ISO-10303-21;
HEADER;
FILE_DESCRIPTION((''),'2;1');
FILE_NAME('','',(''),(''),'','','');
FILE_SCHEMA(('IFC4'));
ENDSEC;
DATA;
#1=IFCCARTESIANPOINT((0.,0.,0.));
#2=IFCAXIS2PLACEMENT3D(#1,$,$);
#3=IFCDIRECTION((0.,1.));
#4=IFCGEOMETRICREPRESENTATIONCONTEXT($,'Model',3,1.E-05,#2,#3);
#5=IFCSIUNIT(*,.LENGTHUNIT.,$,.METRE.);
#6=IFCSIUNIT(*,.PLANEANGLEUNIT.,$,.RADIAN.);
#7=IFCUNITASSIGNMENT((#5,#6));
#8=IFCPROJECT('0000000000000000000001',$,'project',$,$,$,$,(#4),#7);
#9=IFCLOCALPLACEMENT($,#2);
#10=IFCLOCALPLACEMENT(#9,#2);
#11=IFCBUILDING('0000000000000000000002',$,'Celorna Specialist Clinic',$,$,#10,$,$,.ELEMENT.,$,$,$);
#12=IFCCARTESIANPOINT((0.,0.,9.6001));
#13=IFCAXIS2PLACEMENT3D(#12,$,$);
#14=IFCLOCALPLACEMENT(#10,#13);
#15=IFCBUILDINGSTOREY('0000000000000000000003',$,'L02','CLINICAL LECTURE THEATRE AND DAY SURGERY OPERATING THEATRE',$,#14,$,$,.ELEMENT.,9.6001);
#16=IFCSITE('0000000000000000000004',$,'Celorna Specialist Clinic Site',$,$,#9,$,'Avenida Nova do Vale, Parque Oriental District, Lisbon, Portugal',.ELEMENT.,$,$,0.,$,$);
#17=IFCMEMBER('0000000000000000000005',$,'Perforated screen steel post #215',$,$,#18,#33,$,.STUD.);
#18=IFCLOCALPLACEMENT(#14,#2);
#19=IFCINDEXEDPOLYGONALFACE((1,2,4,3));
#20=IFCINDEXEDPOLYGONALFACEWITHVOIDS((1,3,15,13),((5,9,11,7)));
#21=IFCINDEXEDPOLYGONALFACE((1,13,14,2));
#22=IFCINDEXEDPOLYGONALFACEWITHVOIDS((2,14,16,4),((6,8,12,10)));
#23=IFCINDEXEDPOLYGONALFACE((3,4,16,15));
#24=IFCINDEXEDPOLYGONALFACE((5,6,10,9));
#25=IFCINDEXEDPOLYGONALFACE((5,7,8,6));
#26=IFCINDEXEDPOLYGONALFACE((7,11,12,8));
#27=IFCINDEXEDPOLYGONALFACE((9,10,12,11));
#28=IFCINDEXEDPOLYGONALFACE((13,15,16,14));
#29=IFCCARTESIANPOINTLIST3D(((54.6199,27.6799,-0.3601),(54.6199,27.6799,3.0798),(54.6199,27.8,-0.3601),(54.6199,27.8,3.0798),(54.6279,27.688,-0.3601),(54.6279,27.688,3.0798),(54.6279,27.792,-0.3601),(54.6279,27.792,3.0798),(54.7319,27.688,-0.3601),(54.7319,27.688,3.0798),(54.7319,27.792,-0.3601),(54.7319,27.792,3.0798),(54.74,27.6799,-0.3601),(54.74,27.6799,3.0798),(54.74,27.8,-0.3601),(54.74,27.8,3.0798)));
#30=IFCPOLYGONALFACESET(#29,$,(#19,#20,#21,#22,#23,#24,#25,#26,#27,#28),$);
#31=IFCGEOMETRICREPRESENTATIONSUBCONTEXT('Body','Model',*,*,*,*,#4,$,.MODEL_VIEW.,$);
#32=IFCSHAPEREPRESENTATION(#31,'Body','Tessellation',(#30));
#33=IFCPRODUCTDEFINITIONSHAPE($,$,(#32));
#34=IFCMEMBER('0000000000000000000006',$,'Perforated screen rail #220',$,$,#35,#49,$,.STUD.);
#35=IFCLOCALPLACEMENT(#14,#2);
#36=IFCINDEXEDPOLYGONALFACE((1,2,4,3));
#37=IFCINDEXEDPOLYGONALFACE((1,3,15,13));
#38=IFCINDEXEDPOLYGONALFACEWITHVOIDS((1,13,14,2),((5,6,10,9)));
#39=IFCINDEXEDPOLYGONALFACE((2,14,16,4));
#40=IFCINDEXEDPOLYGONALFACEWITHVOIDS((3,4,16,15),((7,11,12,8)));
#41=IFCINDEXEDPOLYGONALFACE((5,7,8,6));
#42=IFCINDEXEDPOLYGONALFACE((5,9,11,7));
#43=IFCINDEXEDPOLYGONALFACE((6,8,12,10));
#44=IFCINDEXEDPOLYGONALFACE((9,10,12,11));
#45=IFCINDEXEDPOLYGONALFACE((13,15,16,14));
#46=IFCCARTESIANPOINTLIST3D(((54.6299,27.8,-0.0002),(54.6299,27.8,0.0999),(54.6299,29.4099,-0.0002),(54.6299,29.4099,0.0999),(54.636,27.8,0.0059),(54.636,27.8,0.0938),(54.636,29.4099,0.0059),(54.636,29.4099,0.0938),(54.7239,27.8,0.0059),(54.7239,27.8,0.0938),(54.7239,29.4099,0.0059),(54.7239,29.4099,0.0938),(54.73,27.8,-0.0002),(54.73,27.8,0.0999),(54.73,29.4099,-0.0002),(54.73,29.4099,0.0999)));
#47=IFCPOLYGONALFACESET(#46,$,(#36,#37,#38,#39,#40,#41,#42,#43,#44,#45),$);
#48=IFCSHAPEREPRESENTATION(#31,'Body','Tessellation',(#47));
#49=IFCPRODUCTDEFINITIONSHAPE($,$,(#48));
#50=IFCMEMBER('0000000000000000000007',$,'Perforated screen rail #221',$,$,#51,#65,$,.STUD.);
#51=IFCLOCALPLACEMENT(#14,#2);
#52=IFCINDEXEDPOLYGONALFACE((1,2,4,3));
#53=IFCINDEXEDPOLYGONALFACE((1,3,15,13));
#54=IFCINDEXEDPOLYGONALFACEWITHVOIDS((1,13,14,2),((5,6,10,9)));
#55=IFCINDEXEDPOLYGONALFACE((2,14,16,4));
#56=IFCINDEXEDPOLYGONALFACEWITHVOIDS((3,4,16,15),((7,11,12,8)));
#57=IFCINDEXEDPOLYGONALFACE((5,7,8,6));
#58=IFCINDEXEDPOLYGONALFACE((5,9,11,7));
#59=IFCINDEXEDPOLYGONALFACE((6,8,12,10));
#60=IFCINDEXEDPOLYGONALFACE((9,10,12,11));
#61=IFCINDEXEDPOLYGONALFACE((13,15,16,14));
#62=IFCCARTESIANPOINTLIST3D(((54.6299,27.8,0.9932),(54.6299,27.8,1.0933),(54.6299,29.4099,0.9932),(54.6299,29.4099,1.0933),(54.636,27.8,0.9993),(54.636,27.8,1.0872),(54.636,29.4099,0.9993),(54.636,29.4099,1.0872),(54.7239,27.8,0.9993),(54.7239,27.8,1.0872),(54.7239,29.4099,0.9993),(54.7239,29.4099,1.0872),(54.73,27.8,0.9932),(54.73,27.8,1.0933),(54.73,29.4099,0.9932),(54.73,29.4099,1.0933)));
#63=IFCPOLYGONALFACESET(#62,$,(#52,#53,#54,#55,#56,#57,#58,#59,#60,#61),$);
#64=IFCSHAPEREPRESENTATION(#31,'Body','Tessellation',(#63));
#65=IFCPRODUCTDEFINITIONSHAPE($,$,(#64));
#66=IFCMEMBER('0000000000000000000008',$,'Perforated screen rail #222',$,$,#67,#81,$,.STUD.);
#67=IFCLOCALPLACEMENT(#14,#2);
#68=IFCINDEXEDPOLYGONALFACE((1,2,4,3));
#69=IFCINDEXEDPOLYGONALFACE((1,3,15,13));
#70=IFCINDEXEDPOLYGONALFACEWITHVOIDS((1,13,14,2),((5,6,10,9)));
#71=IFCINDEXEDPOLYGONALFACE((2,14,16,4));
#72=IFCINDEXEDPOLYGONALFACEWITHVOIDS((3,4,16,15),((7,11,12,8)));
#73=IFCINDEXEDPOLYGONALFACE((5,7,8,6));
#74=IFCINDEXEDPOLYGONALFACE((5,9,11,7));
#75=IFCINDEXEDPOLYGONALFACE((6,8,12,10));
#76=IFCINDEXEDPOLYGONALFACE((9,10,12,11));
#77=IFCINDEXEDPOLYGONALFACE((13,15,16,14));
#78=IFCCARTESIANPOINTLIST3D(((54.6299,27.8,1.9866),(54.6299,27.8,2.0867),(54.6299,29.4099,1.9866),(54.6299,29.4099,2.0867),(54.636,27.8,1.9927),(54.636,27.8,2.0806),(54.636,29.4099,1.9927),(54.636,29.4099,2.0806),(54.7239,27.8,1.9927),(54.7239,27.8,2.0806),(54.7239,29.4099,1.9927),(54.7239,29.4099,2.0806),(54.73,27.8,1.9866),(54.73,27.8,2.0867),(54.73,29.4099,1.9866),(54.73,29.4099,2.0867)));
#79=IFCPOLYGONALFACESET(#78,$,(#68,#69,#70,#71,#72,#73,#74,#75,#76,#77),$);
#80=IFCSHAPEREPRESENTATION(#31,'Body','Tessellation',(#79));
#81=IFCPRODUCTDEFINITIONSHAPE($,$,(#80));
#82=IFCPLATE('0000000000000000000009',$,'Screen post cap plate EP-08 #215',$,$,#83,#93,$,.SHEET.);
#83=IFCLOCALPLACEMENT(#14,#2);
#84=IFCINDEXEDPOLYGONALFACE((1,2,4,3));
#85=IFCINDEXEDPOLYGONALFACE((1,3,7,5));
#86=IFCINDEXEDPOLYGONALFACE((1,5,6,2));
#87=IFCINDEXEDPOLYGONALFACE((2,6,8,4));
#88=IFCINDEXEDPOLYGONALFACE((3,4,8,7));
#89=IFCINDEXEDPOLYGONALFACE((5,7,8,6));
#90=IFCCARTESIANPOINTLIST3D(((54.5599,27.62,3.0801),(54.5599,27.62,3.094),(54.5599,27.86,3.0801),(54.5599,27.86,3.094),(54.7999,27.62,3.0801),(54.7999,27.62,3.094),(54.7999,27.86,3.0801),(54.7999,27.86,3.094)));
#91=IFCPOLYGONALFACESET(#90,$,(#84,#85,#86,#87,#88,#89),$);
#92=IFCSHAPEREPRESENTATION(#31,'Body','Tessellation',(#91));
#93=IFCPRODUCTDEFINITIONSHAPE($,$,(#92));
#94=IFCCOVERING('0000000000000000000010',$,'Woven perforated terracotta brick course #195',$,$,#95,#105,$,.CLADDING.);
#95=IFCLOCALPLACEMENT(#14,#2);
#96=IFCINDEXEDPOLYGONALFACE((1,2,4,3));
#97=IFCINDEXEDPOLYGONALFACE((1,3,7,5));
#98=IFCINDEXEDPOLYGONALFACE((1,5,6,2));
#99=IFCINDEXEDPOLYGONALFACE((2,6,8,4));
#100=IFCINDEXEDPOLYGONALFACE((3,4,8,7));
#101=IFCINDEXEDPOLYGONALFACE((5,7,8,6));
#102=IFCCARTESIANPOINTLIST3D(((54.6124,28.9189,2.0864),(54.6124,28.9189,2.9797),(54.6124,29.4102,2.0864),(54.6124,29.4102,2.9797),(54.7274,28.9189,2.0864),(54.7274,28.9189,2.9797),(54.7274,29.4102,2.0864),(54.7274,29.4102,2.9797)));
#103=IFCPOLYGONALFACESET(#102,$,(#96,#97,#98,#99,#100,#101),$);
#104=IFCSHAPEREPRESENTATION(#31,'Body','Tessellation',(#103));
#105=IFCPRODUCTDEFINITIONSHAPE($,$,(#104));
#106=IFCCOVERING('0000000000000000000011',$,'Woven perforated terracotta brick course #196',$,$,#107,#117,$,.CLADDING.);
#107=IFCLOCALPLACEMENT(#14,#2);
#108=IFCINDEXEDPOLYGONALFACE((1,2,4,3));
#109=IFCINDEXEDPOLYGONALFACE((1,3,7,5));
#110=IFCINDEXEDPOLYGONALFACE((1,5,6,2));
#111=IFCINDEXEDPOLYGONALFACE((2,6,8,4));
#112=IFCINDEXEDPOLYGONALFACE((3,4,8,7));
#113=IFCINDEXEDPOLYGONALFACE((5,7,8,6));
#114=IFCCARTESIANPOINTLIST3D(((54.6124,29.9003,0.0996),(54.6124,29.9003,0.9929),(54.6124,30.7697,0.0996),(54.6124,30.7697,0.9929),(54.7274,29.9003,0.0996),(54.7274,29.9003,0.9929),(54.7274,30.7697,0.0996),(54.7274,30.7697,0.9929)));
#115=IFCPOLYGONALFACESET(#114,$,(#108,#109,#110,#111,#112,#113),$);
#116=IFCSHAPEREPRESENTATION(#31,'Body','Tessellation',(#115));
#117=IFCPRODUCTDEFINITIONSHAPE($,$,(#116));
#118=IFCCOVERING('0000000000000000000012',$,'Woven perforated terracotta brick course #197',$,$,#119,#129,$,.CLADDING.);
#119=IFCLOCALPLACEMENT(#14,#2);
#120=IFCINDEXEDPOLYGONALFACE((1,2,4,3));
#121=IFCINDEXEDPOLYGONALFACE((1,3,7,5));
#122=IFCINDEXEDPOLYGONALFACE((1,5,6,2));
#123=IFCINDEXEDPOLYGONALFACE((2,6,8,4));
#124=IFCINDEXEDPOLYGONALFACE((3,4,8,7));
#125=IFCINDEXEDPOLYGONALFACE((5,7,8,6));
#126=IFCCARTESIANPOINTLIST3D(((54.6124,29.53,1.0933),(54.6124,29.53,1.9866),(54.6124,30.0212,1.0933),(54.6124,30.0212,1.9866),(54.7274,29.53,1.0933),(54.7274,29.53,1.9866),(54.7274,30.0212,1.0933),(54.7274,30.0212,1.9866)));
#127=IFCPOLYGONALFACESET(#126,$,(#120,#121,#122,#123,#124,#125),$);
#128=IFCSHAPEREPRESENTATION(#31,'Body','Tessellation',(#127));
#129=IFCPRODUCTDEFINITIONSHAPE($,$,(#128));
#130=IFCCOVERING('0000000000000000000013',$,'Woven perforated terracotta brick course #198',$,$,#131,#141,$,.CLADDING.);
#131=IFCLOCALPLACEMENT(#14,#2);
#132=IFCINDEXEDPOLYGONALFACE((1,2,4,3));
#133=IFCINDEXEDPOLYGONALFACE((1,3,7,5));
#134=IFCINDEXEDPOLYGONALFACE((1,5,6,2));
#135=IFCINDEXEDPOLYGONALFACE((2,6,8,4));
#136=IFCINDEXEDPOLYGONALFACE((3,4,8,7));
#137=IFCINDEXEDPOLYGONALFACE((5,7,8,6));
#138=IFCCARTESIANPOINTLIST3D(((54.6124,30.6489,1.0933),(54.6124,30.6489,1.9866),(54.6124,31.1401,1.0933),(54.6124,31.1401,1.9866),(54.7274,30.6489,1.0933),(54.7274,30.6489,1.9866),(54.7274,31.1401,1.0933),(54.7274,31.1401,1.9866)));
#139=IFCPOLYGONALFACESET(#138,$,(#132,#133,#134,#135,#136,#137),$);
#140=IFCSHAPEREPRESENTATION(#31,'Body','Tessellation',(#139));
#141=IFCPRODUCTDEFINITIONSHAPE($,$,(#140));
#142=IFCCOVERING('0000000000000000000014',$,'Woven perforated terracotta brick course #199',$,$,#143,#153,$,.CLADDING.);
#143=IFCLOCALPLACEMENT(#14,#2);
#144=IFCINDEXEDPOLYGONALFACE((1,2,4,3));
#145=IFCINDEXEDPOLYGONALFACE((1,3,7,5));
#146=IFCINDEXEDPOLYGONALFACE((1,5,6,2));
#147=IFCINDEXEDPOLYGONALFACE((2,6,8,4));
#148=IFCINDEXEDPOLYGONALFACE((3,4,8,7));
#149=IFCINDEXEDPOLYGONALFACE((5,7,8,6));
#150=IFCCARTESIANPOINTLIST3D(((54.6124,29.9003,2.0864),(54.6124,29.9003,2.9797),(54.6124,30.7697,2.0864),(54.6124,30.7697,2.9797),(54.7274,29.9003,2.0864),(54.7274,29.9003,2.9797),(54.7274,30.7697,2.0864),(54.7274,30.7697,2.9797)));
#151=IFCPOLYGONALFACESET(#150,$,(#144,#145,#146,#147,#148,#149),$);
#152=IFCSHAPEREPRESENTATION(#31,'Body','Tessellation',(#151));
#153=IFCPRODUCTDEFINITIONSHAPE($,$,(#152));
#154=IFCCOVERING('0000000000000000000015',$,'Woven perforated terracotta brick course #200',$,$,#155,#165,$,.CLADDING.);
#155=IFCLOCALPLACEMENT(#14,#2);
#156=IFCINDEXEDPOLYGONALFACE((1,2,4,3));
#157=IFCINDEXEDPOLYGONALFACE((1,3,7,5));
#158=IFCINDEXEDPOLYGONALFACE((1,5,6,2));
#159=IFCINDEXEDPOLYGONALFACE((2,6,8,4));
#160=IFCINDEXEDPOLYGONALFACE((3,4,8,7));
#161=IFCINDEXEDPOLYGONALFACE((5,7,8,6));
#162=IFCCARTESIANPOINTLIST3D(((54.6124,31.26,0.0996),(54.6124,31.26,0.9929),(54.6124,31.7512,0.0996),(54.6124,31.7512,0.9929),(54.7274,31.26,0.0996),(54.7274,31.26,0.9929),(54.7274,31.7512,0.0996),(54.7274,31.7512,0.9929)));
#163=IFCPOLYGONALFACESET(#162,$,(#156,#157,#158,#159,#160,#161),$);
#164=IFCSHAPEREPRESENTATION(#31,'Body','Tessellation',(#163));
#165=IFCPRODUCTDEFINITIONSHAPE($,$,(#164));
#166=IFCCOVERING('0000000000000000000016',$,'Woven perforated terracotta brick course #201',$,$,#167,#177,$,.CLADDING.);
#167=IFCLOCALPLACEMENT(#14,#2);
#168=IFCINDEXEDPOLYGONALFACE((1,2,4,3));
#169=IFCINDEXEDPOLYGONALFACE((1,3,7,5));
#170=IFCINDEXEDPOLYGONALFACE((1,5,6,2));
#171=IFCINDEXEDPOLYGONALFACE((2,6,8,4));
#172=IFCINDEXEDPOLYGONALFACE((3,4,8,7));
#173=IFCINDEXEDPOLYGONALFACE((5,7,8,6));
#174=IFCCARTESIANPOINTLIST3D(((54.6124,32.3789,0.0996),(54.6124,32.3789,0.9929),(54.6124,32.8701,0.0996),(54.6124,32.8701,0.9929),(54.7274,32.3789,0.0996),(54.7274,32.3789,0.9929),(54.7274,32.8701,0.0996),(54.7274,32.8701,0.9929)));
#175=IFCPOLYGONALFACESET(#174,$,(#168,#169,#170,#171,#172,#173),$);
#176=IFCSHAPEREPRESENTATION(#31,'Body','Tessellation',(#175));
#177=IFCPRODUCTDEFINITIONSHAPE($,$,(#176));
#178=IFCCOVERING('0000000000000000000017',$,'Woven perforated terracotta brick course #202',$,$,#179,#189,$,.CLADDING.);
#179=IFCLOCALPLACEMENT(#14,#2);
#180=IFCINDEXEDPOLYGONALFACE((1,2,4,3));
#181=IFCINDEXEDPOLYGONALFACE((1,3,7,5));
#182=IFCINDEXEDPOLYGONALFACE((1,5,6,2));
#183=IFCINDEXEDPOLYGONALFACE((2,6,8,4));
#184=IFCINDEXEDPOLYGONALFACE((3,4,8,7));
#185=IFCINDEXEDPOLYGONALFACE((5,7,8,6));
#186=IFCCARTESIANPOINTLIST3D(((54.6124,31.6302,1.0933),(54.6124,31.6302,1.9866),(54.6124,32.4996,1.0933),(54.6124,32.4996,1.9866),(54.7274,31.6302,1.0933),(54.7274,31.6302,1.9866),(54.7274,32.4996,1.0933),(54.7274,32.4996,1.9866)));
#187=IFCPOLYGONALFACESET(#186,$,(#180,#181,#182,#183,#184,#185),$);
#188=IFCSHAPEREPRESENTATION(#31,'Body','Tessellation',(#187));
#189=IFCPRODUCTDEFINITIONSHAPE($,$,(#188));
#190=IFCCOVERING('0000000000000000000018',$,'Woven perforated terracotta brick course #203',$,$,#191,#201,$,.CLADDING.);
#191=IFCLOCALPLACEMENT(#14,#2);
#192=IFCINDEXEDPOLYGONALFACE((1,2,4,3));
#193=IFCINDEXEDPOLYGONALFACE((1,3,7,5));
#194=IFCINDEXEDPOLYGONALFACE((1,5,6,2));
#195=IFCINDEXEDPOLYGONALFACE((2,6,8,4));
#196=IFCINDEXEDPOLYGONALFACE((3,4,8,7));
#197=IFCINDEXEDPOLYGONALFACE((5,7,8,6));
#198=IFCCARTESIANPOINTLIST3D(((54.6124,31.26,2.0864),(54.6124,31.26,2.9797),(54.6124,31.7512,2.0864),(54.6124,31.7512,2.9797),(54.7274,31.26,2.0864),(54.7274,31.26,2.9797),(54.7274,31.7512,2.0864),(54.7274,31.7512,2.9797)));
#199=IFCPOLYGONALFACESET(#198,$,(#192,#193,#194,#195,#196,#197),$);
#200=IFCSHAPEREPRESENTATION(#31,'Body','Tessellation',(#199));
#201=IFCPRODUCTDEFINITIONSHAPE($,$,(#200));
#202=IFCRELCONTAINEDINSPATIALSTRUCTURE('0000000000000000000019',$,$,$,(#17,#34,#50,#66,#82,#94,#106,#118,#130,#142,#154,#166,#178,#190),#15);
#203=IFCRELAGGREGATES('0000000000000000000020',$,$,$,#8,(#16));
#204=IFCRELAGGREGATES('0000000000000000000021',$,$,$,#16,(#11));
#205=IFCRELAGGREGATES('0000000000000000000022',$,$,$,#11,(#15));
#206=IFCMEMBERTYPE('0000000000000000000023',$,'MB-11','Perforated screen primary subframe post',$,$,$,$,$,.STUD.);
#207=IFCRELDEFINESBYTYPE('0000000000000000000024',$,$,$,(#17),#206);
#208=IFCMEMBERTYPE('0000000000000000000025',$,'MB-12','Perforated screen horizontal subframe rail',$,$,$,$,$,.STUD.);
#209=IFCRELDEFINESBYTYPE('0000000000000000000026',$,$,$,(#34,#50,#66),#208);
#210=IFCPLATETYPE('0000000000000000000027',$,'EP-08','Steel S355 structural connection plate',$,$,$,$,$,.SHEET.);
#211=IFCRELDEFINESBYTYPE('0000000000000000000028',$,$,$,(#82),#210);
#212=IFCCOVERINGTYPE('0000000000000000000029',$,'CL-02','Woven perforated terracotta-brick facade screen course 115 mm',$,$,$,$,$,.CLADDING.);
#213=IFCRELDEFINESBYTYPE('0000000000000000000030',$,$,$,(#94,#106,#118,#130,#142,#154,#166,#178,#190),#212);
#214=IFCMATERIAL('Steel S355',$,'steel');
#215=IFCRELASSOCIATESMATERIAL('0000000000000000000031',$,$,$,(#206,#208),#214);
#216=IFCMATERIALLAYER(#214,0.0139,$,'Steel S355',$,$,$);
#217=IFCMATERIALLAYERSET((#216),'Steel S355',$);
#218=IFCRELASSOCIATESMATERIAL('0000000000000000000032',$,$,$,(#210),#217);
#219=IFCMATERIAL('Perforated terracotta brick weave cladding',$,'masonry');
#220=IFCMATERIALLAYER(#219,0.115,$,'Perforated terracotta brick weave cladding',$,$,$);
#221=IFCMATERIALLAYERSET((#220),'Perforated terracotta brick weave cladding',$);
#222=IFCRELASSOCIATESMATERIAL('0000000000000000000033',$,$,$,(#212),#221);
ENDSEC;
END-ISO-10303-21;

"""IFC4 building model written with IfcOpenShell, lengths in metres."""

from ifc_helpers import new_model, si_unit, direction, frame, origin, origin_2d, place, context, subcontext, project, spatial, rectangle, hollow_rectangle, extrude, material, layer, layer_set, material_profile, profile_set, type_object, element, save


model = new_model("IFC4")

# Units and contexts
model_context = context("Model", 3, precision=1e-05, world=origin(), true_north=direction((0.0, 1.0)))
body_context = subcontext(model_context, "Body", "Model", "MODEL_VIEW")
ifc_project = project(units=[si_unit("LENGTHUNIT", "METRE"), si_unit("PLANEANGLEUNIT", "RADIAN")], contexts=[model_context])

# Site, building, storey
site_placement = place(None, origin())
site = spatial("IfcSite", under=ifc_project, at=site_placement, Name="Celorna Specialist Clinic Site", LongName="Avenida Nova do Vale, Parque Oriental District, Lisbon, Portugal", CompositionType="ELEMENT", RefElevation=0.0)
building_placement = place(site_placement, origin())
building = spatial("IfcBuilding", under=site, at=building_placement, Name="Celorna Specialist Clinic", CompositionType="ELEMENT")
storey_placement = place(building_placement, frame((0.0, 0.0, 9.6001)))
storey = spatial("IfcBuildingStorey", under=building, at=storey_placement, Name="L02", Description="CLINICAL LECTURE THEATRE AND DAY SURGERY OPERATING THEATRE", CompositionType="ELEMENT", Elevation=9.6001)

# Members
ifc_material_1 = material(Name="Steel S355", Category="steel")
ifc_material_profile_1 = material_profile(ifc_material_1, hollow_rectangle(XDim=0.1201, YDim=0.1201, WallThickness=0.0081, at=origin_2d()), Name="SHS 120x120x8")
ifc_profile_set_1 = profile_set([ifc_material_profile_1], Name="Steel S355")
member_type_1 = type_object("IfcMemberType", Name="MB-11", Description="Perforated screen primary subframe post", PredefinedType="STUD", material=ifc_profile_set_1)
member_placement = place(storey_placement, frame((54.6799, 27.74, -0.3601), z_axis=(0.0, 0.0, 1.0), x_axis=(1.0, 0.0, 0.0)))
element("IfcMember", 1, at=member_placement, inside=storey, type_object=member_type_1, Name="Perforated screen steel post #215", PredefinedType="STUD", context=body_context, shape_type="SweptSolid", body=[
    extrude(hollow_rectangle(XDim=0.1201, YDim=0.1201, WallThickness=0.0081, at=origin_2d()), origin(), (0.0, 0.0, 1.0), 3.4399),
])
ifc_material_profile_2 = material_profile(ifc_material_1, hollow_rectangle(XDim=0.1001, YDim=0.1001, WallThickness=0.0061, at=origin_2d()), Name="SHS 100x100x6")
ifc_profile_set_2 = profile_set([ifc_material_profile_2], Name="Steel S355")
member_type_2 = type_object("IfcMemberType", Name="MB-12", Description="Perforated screen horizontal subframe rail", PredefinedType="STUD", material=ifc_profile_set_2)
for number, where, z_axis, x_axis, name in (
    (2, (54.6799, 27.8, 0.0498), (0.0, 1.0, 0.0), (-1.0, 0.0, 0.0), "Perforated screen rail #220"),
    (3, (54.6799, 27.8, 1.0432), (0.0, 1.0, 0.0), (-1.0, 0.0, 0.0), "Perforated screen rail #221"),
    (4, (54.6799, 27.8, 2.0366), (0.0, 1.0, 0.0), (-1.0, 0.0, 0.0), "Perforated screen rail #222"),
):
    element("IfcMember", number, at=place(storey_placement, frame(where, z_axis=z_axis, x_axis=x_axis)), inside=storey, type_object=member_type_2, Name=name, PredefinedType="STUD", context=body_context, shape_type="SweptSolid", body=[
        extrude(hollow_rectangle(XDim=0.1001, YDim=0.1001, WallThickness=0.0061, at=origin_2d()), origin(), (0.0, 0.0, 1.0), 1.6099),
    ])

# Plate
ifc_layer_1 = layer(ifc_material_1, 0.0139, Name="Steel S355")
ifc_layer_set_1 = layer_set([ifc_layer_1], Name="Steel S355")
plate_type = type_object("IfcPlateType", Name="EP-08", Description="Steel S355 structural connection plate", PredefinedType="SHEET", material=ifc_layer_set_1)
plate_placement = place(storey_placement, frame((54.6799, 27.74, 3.0801), z_axis=(0.0, 0.0, 1.0), x_axis=(0.0, 1.0, 0.0)))
element("IfcPlate", 5, at=plate_placement, inside=storey, type_object=plate_type, Name="Screen post cap plate EP-08 #215", PredefinedType="SHEET", context=body_context, shape_type="SweptSolid", body=[
    extrude(rectangle(XDim=0.24, YDim=0.24, at=origin_2d()), origin(), (0.0, 0.0, 1.0), 0.0139),
])

# Coverings
ifc_material_2 = material(Name="Perforated terracotta brick weave cladding", Category="masonry")
ifc_layer_2 = layer(ifc_material_2, 0.115, Name="Perforated terracotta brick weave cladding")
ifc_layer_set_2 = layer_set([ifc_layer_2], Name="Perforated terracotta brick weave cladding")
covering_type = type_object("IfcCoveringType", Name="CL-02", Description="Woven perforated terracotta-brick facade screen course 115 mm", PredefinedType="CLADDING", material=ifc_layer_set_2)
covering_1_placement = place(storey_placement, frame((54.6699, 29.1646, 2.0864), z_axis=(0.0, 0.0, 1.0), x_axis=(0.0, 1.0, 0.0)))
element("IfcCovering", 6, at=covering_1_placement, inside=storey, type_object=covering_type, Name="Woven perforated terracotta brick course #195", PredefinedType="CLADDING", context=body_context, shape_type="SweptSolid", body=[
    extrude(rectangle(XDim=0.4912, YDim=0.115, at=origin_2d()), origin(), (0.0, 0.0, 1.0), 0.8933),
])
covering_2_placement = place(storey_placement, frame((54.6699, 30.335, 0.0996), z_axis=(0.0, 0.0, 1.0), x_axis=(0.0, 1.0, 0.0)))
element("IfcCovering", 7, at=covering_2_placement, inside=storey, type_object=covering_type, Name="Woven perforated terracotta brick course #196", PredefinedType="CLADDING", context=body_context, shape_type="SweptSolid", body=[
    extrude(rectangle(XDim=0.8694, YDim=0.115, at=origin_2d()), origin(), (0.0, 0.0, 1.0), 0.8933),
])
for number, where, z_axis, x_axis, name in (
    (8, (54.6699, 29.7756, 1.0933), (0.0, 0.0, 1.0), (0.0, 1.0, 0.0), "Woven perforated terracotta brick course #197"),
    (9, (54.6699, 30.8945, 1.0933), (0.0, 0.0, 1.0), (0.0, 1.0, 0.0), "Woven perforated terracotta brick course #198"),
):
    element("IfcCovering", number, at=place(storey_placement, frame(where, z_axis=z_axis, x_axis=x_axis)), inside=storey, type_object=covering_type, Name=name, PredefinedType="CLADDING", context=body_context, shape_type="SweptSolid", body=[
        extrude(rectangle(XDim=0.4912, YDim=0.115, at=origin_2d()), origin(), (0.0, 0.0, 1.0), 0.8933),
    ])
covering_3_placement = place(storey_placement, frame((54.6699, 30.335, 2.0864), z_axis=(0.0, 0.0, 1.0), x_axis=(0.0, 1.0, 0.0)))
element("IfcCovering", 10, at=covering_3_placement, inside=storey, type_object=covering_type, Name="Woven perforated terracotta brick course #199", PredefinedType="CLADDING", context=body_context, shape_type="SweptSolid", body=[
    extrude(rectangle(XDim=0.8694, YDim=0.115, at=origin_2d()), origin(), (0.0, 0.0, 1.0), 0.8933),
])
for number, where, z_axis, x_axis, name in (
    (11, (54.6699, 31.5056, 0.0996), (0.0, 0.0, 1.0), (0.0, 1.0, 0.0), "Woven perforated terracotta brick course #200"),
    (12, (54.6699, 32.6245, 0.0996), (0.0, 0.0, 1.0), (0.0, 1.0, 0.0), "Woven perforated terracotta brick course #201"),
):
    element("IfcCovering", number, at=place(storey_placement, frame(where, z_axis=z_axis, x_axis=x_axis)), inside=storey, type_object=covering_type, Name=name, PredefinedType="CLADDING", context=body_context, shape_type="SweptSolid", body=[
        extrude(rectangle(XDim=0.4912, YDim=0.115, at=origin_2d()), origin(), (0.0, 0.0, 1.0), 0.8933),
    ])
covering_4_placement = place(storey_placement, frame((54.6699, 32.0649, 1.0933), z_axis=(0.0, 0.0, 1.0), x_axis=(0.0, 1.0, 0.0)))
element("IfcCovering", 13, at=covering_4_placement, inside=storey, type_object=covering_type, Name="Woven perforated terracotta brick course #202", PredefinedType="CLADDING", context=body_context, shape_type="SweptSolid", body=[
    extrude(rectangle(XDim=0.8694, YDim=0.115, at=origin_2d()), origin(), (0.0, 0.0, 1.0), 0.8933),
])
for number, where, z_axis, x_axis, name in (
    (14, (54.6699, 31.5056, 2.0864), (0.0, 0.0, 1.0), (0.0, 1.0, 0.0), "Woven perforated terracotta brick course #203"),
):
    element("IfcCovering", number, at=place(storey_placement, frame(where, z_axis=z_axis, x_axis=x_axis)), inside=storey, type_object=covering_type, Name=name, PredefinedType="CLADDING", context=body_context, shape_type="SweptSolid", body=[
        extrude(rectangle(XDim=0.4912, YDim=0.115, at=origin_2d()), origin(), (0.0, 0.0, 1.0), 0.8933),
    ])

save(model, "model.ifc")
